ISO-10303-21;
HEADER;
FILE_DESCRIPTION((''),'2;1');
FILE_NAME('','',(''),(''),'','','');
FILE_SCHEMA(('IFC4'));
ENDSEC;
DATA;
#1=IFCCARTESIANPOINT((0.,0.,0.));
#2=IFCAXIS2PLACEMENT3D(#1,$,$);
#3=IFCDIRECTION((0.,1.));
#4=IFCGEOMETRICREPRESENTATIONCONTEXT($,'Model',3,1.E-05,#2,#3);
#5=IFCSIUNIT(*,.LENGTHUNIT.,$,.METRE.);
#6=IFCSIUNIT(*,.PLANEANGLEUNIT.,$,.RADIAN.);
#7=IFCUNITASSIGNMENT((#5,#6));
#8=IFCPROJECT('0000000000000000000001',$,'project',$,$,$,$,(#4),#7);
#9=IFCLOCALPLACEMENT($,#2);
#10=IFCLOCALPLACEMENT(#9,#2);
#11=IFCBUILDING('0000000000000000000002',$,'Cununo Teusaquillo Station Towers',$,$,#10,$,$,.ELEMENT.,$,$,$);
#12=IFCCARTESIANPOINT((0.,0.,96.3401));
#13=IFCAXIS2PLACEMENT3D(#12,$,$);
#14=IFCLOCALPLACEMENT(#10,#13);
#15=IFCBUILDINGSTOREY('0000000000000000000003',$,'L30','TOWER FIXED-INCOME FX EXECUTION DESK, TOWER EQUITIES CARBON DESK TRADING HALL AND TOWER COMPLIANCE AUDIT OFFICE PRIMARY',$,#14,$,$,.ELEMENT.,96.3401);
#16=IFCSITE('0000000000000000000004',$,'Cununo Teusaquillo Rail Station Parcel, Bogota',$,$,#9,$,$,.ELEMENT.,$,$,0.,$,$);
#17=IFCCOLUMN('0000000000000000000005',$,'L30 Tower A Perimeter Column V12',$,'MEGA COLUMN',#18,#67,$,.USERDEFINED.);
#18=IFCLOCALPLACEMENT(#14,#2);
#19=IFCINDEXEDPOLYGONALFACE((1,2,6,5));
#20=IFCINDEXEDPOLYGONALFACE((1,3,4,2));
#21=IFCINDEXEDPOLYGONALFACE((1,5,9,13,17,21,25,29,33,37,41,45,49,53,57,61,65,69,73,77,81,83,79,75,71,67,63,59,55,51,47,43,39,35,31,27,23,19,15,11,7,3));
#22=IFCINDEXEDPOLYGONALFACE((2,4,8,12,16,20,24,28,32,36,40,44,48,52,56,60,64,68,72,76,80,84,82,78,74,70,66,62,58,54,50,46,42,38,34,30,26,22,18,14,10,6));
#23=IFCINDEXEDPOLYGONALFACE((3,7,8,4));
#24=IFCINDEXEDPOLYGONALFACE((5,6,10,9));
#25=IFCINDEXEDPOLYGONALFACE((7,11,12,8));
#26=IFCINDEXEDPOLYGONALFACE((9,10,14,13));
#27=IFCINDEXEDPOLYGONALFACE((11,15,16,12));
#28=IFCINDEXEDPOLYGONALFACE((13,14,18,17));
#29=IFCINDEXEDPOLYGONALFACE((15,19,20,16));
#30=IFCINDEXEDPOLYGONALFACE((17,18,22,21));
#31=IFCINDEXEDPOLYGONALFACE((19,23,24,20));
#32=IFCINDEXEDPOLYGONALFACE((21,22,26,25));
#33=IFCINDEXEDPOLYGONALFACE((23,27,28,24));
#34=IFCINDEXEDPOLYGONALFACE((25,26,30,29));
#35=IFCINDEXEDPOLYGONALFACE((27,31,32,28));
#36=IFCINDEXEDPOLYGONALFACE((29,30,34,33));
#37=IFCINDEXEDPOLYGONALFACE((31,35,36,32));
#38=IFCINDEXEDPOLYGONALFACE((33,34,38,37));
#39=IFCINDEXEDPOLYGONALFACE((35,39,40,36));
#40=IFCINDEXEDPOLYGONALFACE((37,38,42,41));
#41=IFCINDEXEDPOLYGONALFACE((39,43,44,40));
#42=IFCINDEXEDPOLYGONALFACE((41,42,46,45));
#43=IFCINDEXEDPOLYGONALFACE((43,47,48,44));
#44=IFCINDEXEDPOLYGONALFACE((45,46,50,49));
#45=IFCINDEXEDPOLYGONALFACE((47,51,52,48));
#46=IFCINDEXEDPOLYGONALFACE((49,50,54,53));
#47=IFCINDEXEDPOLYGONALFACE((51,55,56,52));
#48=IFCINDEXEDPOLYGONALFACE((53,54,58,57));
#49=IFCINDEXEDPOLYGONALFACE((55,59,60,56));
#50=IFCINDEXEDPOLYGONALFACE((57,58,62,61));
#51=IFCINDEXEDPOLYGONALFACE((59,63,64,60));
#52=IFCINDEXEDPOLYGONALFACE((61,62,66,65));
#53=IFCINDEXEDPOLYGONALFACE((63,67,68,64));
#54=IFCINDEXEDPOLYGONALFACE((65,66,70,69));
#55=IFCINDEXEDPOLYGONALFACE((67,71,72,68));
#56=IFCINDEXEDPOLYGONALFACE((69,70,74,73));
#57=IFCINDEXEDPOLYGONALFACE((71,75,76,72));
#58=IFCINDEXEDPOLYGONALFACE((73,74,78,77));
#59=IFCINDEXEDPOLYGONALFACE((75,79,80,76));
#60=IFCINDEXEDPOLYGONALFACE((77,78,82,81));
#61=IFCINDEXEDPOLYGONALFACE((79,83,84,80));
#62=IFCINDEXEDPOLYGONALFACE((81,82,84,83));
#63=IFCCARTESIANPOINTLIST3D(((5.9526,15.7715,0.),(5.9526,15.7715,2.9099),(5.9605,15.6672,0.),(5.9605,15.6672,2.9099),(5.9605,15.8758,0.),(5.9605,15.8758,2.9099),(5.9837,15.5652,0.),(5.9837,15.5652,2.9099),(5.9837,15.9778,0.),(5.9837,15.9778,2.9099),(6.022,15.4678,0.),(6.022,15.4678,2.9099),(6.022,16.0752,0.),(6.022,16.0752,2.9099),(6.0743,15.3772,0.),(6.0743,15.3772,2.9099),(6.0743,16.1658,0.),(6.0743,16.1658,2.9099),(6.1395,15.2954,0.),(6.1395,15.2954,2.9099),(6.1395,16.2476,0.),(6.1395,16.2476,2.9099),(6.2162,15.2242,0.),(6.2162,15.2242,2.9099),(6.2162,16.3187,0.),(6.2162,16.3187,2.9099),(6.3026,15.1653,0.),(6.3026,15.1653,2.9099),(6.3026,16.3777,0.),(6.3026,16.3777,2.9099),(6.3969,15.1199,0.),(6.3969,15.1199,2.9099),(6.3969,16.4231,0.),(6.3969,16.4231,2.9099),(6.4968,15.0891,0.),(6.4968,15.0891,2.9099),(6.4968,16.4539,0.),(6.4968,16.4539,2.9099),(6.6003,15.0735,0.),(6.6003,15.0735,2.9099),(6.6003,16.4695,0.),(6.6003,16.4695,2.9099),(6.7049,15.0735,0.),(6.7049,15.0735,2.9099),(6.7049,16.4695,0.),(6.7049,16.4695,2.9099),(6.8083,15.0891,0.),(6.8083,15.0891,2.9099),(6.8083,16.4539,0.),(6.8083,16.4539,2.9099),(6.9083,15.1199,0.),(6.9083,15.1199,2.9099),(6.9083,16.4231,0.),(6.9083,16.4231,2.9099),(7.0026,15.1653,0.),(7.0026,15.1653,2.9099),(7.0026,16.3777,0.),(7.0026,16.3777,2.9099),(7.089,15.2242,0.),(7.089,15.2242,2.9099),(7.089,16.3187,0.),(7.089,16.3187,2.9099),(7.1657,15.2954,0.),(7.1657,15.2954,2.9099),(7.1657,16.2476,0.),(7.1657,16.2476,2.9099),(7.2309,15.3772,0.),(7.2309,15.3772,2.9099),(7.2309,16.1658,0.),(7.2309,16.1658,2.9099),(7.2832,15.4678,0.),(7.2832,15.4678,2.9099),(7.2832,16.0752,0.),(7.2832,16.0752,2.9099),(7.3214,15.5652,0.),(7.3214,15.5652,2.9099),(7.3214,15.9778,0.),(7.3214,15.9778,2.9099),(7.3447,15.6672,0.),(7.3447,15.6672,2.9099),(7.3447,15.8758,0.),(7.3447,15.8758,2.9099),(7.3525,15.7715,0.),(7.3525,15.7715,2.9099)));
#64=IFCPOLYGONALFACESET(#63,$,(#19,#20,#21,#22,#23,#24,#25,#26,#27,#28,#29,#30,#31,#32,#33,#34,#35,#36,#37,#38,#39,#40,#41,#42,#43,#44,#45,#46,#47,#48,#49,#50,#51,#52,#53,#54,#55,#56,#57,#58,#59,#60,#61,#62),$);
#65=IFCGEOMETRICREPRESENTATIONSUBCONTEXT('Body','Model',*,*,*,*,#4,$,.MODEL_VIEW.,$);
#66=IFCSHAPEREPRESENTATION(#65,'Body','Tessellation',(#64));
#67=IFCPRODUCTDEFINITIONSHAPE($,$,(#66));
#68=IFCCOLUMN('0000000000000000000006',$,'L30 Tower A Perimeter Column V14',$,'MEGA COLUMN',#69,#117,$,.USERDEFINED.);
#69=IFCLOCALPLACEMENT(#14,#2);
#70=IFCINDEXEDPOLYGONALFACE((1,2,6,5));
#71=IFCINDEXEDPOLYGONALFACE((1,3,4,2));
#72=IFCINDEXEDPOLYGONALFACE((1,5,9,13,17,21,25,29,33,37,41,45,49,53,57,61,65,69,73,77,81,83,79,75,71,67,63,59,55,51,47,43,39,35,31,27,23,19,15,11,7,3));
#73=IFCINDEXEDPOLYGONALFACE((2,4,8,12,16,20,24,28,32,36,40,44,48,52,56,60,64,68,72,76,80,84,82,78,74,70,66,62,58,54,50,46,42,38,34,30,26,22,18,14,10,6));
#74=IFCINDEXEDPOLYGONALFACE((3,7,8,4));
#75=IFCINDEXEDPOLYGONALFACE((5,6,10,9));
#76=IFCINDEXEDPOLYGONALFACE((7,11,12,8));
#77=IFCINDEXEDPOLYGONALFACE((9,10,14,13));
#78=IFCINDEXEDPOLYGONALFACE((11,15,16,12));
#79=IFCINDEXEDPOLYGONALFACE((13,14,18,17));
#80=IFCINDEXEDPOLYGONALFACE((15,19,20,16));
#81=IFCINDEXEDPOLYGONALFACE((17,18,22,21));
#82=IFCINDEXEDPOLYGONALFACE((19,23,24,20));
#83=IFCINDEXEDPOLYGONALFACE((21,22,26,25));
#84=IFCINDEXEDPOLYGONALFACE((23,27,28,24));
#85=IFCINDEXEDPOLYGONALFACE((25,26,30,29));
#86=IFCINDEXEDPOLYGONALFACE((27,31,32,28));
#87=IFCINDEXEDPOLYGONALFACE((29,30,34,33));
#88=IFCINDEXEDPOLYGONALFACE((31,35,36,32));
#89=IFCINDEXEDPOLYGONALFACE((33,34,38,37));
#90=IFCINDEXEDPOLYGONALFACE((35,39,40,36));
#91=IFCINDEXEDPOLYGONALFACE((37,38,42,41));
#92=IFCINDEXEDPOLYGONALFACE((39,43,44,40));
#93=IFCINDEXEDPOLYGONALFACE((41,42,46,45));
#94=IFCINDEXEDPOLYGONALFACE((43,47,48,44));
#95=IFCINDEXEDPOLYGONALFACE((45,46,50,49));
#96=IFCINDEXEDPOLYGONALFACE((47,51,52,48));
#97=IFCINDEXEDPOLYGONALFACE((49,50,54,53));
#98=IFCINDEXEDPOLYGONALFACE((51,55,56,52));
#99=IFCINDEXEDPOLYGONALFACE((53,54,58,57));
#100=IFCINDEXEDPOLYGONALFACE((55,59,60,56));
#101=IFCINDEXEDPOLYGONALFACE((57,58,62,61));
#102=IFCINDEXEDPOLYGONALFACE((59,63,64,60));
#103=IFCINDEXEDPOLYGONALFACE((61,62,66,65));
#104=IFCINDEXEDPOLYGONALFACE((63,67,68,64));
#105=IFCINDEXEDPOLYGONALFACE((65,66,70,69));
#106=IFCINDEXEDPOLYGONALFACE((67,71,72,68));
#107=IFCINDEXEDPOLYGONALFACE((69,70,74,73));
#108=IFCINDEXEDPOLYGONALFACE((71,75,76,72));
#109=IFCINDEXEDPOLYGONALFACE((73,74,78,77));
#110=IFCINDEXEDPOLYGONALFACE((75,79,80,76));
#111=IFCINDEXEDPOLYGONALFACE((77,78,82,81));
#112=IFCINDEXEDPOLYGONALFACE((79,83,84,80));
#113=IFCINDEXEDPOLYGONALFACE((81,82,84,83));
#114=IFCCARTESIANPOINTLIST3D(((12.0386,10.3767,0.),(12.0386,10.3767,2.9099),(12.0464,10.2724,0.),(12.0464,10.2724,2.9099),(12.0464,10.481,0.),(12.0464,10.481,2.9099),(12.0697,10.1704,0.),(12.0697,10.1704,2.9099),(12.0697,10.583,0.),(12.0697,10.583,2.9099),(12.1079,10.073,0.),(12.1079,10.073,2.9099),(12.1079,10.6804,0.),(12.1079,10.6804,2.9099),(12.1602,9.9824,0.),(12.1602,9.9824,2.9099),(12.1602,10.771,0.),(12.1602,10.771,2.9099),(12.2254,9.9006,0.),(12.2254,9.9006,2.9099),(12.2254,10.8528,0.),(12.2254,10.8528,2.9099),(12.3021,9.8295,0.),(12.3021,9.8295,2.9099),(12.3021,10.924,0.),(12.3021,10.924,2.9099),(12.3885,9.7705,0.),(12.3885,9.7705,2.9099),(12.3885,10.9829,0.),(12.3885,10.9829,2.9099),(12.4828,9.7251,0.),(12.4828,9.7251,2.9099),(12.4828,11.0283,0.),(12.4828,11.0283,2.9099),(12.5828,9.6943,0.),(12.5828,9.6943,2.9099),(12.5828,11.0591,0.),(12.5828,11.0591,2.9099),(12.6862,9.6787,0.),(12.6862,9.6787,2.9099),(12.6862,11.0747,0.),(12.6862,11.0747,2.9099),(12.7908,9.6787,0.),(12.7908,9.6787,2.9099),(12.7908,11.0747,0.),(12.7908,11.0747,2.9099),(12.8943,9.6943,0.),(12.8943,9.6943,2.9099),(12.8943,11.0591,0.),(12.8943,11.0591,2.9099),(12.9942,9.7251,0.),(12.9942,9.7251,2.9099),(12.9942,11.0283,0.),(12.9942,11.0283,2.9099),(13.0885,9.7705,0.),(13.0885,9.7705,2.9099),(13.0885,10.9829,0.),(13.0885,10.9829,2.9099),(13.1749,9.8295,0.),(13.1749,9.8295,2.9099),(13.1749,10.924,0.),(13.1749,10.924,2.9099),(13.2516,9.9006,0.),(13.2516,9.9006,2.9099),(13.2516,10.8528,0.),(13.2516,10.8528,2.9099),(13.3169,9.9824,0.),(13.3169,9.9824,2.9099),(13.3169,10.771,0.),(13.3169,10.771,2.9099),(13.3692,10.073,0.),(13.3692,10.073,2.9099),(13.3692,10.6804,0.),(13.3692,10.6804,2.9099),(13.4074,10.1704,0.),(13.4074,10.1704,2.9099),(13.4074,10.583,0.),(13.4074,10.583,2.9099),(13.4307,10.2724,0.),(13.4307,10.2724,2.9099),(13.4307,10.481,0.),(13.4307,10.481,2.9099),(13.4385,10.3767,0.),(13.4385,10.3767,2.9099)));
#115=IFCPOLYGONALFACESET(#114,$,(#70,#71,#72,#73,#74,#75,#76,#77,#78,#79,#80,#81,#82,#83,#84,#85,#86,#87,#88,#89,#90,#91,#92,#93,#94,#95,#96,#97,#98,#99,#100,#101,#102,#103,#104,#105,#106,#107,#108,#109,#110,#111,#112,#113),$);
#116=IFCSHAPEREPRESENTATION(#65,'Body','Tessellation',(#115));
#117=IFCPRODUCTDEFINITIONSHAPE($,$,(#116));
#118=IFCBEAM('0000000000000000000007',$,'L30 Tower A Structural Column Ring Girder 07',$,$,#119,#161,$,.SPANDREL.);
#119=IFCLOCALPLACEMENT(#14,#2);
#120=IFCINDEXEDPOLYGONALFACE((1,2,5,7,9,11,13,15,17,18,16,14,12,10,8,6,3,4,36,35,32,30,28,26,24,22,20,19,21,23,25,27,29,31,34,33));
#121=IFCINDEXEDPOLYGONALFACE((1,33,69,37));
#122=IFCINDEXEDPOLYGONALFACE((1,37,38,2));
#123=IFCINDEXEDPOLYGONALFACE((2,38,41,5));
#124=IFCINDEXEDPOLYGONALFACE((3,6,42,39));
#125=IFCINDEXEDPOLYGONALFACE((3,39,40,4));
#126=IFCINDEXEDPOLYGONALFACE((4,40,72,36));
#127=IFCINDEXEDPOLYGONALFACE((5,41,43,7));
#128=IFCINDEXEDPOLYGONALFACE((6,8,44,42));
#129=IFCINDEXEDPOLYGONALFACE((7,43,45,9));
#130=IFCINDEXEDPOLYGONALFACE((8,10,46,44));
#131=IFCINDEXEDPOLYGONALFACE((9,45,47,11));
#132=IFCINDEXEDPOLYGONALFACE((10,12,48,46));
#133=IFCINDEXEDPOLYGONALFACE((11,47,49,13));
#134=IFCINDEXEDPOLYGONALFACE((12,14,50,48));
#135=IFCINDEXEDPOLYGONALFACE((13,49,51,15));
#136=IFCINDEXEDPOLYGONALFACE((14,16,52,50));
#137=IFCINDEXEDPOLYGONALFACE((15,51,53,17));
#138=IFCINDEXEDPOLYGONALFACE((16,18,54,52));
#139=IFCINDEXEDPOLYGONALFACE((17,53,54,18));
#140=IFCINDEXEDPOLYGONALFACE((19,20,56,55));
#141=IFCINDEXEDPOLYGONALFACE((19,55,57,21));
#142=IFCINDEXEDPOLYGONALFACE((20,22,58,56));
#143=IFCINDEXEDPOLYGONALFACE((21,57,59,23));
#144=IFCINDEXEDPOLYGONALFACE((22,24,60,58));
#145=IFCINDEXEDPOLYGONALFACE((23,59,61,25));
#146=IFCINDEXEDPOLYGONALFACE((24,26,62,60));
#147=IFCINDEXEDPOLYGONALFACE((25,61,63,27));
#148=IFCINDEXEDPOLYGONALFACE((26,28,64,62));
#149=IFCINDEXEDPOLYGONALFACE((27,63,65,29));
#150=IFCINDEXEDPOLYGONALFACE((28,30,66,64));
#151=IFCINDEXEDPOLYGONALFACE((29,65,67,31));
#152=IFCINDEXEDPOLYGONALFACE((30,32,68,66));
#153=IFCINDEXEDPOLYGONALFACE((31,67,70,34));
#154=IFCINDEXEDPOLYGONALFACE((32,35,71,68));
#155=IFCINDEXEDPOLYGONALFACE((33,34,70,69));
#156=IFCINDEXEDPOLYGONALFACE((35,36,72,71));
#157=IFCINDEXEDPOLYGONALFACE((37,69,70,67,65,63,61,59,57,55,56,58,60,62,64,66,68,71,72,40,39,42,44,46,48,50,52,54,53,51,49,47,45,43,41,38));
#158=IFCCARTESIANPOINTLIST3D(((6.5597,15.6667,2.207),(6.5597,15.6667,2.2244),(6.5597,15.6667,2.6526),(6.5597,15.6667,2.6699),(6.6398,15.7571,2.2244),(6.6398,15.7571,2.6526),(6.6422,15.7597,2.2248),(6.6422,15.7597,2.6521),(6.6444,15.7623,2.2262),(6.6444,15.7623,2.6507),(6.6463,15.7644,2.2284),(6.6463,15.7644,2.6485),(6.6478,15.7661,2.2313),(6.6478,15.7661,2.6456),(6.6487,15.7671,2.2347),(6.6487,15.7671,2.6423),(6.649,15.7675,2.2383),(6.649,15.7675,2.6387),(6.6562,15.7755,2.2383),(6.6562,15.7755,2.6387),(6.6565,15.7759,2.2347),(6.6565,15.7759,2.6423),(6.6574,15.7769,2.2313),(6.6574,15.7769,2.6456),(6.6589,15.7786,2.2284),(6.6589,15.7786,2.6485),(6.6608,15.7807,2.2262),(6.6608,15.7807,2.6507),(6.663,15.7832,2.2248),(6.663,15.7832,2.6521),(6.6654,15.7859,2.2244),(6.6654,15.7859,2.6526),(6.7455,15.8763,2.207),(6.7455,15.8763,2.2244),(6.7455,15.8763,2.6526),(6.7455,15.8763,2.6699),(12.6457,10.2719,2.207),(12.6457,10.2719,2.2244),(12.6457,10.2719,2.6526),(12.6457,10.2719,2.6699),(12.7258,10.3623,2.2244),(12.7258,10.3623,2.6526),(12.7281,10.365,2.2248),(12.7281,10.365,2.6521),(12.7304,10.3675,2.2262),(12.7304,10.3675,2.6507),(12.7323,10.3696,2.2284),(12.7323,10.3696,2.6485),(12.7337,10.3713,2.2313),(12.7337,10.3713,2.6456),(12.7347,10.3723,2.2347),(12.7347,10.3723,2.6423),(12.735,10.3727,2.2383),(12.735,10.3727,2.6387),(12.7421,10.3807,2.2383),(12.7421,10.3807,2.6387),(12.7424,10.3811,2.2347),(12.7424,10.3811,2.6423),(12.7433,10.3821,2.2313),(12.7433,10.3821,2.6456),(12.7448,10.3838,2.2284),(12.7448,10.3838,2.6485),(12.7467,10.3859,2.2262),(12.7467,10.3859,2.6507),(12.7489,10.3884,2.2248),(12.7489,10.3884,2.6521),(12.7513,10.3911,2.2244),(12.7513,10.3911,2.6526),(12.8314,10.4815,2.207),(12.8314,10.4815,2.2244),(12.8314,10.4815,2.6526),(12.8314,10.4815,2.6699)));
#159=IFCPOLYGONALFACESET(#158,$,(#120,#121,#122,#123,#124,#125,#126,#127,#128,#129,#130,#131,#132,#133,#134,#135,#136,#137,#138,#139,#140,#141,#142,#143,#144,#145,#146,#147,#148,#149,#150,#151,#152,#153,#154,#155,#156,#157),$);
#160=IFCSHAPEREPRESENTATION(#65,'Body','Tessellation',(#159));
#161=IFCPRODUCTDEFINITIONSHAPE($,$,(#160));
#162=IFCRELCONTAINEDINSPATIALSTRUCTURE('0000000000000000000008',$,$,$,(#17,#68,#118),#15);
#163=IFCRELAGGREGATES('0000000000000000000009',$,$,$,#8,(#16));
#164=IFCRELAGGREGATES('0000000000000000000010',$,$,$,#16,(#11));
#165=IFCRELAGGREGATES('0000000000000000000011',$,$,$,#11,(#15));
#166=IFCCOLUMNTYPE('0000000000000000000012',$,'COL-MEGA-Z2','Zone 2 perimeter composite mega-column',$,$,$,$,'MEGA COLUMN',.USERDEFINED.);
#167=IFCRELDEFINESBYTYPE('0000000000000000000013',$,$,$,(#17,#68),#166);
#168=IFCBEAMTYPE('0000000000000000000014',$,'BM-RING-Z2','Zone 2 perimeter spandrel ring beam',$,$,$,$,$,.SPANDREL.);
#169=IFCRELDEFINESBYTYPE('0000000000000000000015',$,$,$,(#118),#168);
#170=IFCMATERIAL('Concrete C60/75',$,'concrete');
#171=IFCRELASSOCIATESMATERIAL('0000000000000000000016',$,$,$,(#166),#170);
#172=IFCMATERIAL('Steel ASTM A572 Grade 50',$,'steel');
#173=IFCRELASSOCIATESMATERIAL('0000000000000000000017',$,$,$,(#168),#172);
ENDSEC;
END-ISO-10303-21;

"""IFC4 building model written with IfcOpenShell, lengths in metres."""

from ifc_helpers import new_model, si_unit, direction, frame, origin, origin_2d, place, context, subcontext, project, spatial, circle, i_section, extrude, material, material_profile, profile_set, type_object, element, save


model = new_model("IFC4")

# Units and contexts
model_context = context("Model", 3, precision=1e-05, world=origin(), true_north=direction((0.0, 1.0)))
body_context = subcontext(model_context, "Body", "Model", "MODEL_VIEW")
ifc_project = project(units=[si_unit("LENGTHUNIT", "METRE"), si_unit("PLANEANGLEUNIT", "RADIAN")], contexts=[model_context])

# Site, building, storey
site_placement = place(None, origin())
site = spatial("IfcSite", under=ifc_project, at=site_placement, Name="Cununo Teusaquillo Rail Station Parcel, Bogota", CompositionType="ELEMENT", RefElevation=0.0)
building_placement = place(site_placement, origin())
building = spatial("IfcBuilding", under=site, at=building_placement, Name="Cununo Teusaquillo Station Towers", CompositionType="ELEMENT")
storey_placement = place(building_placement, frame((0.0, 0.0, 96.3401)))
storey = spatial("IfcBuildingStorey", under=building, at=storey_placement, Name="L30", Description="TOWER FIXED-INCOME FX EXECUTION DESK, TOWER EQUITIES CARBON DESK TRADING HALL AND TOWER COMPLIANCE AUDIT OFFICE PRIMARY", CompositionType="ELEMENT", Elevation=96.3401)

# Columns
ifc_material_1 = material(Name="Concrete C60/75", Category="concrete")
ifc_material_profile_1 = material_profile(ifc_material_1, circle(Radius=0.7, at=origin_2d()), Name="RC-CIRC-1400")
ifc_profile_set_1 = profile_set([ifc_material_profile_1], Name="Concrete C60/75")
column_type = type_object("IfcColumnType", Name="COL-MEGA-Z2", Description="Zone 2 perimeter composite mega-column", ElementType="MEGA COLUMN", PredefinedType="USERDEFINED", material=ifc_profile_set_1)
for number, where, z_axis, x_axis, name in (
    (1, (6.6526, 15.7715, 0.0), (0.0, 0.0, 1.0), (1.0, 0.0, 0.0), "L30 Tower A Perimeter Column V12"),
    (2, (12.7385, 10.3767, 0.0), (0.0, 0.0, 1.0), (1.0, 0.0, 0.0), "L30 Tower A Perimeter Column V14"),
):
    element("IfcColumn", number, at=place(storey_placement, frame(where, z_axis=z_axis, x_axis=x_axis)), inside=storey, type_object=column_type, Name=name, ObjectType="MEGA COLUMN", PredefinedType="USERDEFINED", context=body_context, shape_type="SweptSolid", body=[
        extrude(circle(Radius=0.7, at=origin_2d()), origin(), (0.0, 0.0, 1.0), 2.9099),
    ])

# Beam
ifc_material_2 = material(Name="Steel ASTM A572 Grade 50", Category="steel")
ifc_material_profile_2 = material_profile(ifc_material_2, i_section(OverallWidth=0.28, OverallDepth=0.4629, WebThickness=0.0107, FlangeThickness=0.0173, FilletRadius=0.0139, at=origin_2d()), Name="W18X76")
ifc_profile_set_2 = profile_set([ifc_material_profile_2], Name="Steel ASTM A572 Grade 50")
beam_type = type_object("IfcBeamType", Name="BM-RING-Z2", Description="Zone 2 perimeter spandrel ring beam", PredefinedType="SPANDREL", material=ifc_profile_set_2)
beam_1_placement = place(storey_placement, frame((6.6526, 15.7715, 2.4385), z_axis=(0.748321, -0.663337, 0.0), x_axis=(0.663337, 0.748321, 0.0)))
element("IfcBeam", 3, at=beam_1_placement, inside=storey, type_object=beam_type, Name="L30 Tower A Structural Column Ring Girder 07", PredefinedType="SPANDREL", context=body_context, shape_type="SweptSolid", body=[
    extrude(i_section(OverallWidth=0.28, OverallDepth=0.4629, WebThickness=0.0107, FlangeThickness=0.0173, FilletRadius=0.0139, at=origin_2d()), origin(), (0.0, 0.0, 1.0), 8.1328),
])

save(model, "model.ifc")
